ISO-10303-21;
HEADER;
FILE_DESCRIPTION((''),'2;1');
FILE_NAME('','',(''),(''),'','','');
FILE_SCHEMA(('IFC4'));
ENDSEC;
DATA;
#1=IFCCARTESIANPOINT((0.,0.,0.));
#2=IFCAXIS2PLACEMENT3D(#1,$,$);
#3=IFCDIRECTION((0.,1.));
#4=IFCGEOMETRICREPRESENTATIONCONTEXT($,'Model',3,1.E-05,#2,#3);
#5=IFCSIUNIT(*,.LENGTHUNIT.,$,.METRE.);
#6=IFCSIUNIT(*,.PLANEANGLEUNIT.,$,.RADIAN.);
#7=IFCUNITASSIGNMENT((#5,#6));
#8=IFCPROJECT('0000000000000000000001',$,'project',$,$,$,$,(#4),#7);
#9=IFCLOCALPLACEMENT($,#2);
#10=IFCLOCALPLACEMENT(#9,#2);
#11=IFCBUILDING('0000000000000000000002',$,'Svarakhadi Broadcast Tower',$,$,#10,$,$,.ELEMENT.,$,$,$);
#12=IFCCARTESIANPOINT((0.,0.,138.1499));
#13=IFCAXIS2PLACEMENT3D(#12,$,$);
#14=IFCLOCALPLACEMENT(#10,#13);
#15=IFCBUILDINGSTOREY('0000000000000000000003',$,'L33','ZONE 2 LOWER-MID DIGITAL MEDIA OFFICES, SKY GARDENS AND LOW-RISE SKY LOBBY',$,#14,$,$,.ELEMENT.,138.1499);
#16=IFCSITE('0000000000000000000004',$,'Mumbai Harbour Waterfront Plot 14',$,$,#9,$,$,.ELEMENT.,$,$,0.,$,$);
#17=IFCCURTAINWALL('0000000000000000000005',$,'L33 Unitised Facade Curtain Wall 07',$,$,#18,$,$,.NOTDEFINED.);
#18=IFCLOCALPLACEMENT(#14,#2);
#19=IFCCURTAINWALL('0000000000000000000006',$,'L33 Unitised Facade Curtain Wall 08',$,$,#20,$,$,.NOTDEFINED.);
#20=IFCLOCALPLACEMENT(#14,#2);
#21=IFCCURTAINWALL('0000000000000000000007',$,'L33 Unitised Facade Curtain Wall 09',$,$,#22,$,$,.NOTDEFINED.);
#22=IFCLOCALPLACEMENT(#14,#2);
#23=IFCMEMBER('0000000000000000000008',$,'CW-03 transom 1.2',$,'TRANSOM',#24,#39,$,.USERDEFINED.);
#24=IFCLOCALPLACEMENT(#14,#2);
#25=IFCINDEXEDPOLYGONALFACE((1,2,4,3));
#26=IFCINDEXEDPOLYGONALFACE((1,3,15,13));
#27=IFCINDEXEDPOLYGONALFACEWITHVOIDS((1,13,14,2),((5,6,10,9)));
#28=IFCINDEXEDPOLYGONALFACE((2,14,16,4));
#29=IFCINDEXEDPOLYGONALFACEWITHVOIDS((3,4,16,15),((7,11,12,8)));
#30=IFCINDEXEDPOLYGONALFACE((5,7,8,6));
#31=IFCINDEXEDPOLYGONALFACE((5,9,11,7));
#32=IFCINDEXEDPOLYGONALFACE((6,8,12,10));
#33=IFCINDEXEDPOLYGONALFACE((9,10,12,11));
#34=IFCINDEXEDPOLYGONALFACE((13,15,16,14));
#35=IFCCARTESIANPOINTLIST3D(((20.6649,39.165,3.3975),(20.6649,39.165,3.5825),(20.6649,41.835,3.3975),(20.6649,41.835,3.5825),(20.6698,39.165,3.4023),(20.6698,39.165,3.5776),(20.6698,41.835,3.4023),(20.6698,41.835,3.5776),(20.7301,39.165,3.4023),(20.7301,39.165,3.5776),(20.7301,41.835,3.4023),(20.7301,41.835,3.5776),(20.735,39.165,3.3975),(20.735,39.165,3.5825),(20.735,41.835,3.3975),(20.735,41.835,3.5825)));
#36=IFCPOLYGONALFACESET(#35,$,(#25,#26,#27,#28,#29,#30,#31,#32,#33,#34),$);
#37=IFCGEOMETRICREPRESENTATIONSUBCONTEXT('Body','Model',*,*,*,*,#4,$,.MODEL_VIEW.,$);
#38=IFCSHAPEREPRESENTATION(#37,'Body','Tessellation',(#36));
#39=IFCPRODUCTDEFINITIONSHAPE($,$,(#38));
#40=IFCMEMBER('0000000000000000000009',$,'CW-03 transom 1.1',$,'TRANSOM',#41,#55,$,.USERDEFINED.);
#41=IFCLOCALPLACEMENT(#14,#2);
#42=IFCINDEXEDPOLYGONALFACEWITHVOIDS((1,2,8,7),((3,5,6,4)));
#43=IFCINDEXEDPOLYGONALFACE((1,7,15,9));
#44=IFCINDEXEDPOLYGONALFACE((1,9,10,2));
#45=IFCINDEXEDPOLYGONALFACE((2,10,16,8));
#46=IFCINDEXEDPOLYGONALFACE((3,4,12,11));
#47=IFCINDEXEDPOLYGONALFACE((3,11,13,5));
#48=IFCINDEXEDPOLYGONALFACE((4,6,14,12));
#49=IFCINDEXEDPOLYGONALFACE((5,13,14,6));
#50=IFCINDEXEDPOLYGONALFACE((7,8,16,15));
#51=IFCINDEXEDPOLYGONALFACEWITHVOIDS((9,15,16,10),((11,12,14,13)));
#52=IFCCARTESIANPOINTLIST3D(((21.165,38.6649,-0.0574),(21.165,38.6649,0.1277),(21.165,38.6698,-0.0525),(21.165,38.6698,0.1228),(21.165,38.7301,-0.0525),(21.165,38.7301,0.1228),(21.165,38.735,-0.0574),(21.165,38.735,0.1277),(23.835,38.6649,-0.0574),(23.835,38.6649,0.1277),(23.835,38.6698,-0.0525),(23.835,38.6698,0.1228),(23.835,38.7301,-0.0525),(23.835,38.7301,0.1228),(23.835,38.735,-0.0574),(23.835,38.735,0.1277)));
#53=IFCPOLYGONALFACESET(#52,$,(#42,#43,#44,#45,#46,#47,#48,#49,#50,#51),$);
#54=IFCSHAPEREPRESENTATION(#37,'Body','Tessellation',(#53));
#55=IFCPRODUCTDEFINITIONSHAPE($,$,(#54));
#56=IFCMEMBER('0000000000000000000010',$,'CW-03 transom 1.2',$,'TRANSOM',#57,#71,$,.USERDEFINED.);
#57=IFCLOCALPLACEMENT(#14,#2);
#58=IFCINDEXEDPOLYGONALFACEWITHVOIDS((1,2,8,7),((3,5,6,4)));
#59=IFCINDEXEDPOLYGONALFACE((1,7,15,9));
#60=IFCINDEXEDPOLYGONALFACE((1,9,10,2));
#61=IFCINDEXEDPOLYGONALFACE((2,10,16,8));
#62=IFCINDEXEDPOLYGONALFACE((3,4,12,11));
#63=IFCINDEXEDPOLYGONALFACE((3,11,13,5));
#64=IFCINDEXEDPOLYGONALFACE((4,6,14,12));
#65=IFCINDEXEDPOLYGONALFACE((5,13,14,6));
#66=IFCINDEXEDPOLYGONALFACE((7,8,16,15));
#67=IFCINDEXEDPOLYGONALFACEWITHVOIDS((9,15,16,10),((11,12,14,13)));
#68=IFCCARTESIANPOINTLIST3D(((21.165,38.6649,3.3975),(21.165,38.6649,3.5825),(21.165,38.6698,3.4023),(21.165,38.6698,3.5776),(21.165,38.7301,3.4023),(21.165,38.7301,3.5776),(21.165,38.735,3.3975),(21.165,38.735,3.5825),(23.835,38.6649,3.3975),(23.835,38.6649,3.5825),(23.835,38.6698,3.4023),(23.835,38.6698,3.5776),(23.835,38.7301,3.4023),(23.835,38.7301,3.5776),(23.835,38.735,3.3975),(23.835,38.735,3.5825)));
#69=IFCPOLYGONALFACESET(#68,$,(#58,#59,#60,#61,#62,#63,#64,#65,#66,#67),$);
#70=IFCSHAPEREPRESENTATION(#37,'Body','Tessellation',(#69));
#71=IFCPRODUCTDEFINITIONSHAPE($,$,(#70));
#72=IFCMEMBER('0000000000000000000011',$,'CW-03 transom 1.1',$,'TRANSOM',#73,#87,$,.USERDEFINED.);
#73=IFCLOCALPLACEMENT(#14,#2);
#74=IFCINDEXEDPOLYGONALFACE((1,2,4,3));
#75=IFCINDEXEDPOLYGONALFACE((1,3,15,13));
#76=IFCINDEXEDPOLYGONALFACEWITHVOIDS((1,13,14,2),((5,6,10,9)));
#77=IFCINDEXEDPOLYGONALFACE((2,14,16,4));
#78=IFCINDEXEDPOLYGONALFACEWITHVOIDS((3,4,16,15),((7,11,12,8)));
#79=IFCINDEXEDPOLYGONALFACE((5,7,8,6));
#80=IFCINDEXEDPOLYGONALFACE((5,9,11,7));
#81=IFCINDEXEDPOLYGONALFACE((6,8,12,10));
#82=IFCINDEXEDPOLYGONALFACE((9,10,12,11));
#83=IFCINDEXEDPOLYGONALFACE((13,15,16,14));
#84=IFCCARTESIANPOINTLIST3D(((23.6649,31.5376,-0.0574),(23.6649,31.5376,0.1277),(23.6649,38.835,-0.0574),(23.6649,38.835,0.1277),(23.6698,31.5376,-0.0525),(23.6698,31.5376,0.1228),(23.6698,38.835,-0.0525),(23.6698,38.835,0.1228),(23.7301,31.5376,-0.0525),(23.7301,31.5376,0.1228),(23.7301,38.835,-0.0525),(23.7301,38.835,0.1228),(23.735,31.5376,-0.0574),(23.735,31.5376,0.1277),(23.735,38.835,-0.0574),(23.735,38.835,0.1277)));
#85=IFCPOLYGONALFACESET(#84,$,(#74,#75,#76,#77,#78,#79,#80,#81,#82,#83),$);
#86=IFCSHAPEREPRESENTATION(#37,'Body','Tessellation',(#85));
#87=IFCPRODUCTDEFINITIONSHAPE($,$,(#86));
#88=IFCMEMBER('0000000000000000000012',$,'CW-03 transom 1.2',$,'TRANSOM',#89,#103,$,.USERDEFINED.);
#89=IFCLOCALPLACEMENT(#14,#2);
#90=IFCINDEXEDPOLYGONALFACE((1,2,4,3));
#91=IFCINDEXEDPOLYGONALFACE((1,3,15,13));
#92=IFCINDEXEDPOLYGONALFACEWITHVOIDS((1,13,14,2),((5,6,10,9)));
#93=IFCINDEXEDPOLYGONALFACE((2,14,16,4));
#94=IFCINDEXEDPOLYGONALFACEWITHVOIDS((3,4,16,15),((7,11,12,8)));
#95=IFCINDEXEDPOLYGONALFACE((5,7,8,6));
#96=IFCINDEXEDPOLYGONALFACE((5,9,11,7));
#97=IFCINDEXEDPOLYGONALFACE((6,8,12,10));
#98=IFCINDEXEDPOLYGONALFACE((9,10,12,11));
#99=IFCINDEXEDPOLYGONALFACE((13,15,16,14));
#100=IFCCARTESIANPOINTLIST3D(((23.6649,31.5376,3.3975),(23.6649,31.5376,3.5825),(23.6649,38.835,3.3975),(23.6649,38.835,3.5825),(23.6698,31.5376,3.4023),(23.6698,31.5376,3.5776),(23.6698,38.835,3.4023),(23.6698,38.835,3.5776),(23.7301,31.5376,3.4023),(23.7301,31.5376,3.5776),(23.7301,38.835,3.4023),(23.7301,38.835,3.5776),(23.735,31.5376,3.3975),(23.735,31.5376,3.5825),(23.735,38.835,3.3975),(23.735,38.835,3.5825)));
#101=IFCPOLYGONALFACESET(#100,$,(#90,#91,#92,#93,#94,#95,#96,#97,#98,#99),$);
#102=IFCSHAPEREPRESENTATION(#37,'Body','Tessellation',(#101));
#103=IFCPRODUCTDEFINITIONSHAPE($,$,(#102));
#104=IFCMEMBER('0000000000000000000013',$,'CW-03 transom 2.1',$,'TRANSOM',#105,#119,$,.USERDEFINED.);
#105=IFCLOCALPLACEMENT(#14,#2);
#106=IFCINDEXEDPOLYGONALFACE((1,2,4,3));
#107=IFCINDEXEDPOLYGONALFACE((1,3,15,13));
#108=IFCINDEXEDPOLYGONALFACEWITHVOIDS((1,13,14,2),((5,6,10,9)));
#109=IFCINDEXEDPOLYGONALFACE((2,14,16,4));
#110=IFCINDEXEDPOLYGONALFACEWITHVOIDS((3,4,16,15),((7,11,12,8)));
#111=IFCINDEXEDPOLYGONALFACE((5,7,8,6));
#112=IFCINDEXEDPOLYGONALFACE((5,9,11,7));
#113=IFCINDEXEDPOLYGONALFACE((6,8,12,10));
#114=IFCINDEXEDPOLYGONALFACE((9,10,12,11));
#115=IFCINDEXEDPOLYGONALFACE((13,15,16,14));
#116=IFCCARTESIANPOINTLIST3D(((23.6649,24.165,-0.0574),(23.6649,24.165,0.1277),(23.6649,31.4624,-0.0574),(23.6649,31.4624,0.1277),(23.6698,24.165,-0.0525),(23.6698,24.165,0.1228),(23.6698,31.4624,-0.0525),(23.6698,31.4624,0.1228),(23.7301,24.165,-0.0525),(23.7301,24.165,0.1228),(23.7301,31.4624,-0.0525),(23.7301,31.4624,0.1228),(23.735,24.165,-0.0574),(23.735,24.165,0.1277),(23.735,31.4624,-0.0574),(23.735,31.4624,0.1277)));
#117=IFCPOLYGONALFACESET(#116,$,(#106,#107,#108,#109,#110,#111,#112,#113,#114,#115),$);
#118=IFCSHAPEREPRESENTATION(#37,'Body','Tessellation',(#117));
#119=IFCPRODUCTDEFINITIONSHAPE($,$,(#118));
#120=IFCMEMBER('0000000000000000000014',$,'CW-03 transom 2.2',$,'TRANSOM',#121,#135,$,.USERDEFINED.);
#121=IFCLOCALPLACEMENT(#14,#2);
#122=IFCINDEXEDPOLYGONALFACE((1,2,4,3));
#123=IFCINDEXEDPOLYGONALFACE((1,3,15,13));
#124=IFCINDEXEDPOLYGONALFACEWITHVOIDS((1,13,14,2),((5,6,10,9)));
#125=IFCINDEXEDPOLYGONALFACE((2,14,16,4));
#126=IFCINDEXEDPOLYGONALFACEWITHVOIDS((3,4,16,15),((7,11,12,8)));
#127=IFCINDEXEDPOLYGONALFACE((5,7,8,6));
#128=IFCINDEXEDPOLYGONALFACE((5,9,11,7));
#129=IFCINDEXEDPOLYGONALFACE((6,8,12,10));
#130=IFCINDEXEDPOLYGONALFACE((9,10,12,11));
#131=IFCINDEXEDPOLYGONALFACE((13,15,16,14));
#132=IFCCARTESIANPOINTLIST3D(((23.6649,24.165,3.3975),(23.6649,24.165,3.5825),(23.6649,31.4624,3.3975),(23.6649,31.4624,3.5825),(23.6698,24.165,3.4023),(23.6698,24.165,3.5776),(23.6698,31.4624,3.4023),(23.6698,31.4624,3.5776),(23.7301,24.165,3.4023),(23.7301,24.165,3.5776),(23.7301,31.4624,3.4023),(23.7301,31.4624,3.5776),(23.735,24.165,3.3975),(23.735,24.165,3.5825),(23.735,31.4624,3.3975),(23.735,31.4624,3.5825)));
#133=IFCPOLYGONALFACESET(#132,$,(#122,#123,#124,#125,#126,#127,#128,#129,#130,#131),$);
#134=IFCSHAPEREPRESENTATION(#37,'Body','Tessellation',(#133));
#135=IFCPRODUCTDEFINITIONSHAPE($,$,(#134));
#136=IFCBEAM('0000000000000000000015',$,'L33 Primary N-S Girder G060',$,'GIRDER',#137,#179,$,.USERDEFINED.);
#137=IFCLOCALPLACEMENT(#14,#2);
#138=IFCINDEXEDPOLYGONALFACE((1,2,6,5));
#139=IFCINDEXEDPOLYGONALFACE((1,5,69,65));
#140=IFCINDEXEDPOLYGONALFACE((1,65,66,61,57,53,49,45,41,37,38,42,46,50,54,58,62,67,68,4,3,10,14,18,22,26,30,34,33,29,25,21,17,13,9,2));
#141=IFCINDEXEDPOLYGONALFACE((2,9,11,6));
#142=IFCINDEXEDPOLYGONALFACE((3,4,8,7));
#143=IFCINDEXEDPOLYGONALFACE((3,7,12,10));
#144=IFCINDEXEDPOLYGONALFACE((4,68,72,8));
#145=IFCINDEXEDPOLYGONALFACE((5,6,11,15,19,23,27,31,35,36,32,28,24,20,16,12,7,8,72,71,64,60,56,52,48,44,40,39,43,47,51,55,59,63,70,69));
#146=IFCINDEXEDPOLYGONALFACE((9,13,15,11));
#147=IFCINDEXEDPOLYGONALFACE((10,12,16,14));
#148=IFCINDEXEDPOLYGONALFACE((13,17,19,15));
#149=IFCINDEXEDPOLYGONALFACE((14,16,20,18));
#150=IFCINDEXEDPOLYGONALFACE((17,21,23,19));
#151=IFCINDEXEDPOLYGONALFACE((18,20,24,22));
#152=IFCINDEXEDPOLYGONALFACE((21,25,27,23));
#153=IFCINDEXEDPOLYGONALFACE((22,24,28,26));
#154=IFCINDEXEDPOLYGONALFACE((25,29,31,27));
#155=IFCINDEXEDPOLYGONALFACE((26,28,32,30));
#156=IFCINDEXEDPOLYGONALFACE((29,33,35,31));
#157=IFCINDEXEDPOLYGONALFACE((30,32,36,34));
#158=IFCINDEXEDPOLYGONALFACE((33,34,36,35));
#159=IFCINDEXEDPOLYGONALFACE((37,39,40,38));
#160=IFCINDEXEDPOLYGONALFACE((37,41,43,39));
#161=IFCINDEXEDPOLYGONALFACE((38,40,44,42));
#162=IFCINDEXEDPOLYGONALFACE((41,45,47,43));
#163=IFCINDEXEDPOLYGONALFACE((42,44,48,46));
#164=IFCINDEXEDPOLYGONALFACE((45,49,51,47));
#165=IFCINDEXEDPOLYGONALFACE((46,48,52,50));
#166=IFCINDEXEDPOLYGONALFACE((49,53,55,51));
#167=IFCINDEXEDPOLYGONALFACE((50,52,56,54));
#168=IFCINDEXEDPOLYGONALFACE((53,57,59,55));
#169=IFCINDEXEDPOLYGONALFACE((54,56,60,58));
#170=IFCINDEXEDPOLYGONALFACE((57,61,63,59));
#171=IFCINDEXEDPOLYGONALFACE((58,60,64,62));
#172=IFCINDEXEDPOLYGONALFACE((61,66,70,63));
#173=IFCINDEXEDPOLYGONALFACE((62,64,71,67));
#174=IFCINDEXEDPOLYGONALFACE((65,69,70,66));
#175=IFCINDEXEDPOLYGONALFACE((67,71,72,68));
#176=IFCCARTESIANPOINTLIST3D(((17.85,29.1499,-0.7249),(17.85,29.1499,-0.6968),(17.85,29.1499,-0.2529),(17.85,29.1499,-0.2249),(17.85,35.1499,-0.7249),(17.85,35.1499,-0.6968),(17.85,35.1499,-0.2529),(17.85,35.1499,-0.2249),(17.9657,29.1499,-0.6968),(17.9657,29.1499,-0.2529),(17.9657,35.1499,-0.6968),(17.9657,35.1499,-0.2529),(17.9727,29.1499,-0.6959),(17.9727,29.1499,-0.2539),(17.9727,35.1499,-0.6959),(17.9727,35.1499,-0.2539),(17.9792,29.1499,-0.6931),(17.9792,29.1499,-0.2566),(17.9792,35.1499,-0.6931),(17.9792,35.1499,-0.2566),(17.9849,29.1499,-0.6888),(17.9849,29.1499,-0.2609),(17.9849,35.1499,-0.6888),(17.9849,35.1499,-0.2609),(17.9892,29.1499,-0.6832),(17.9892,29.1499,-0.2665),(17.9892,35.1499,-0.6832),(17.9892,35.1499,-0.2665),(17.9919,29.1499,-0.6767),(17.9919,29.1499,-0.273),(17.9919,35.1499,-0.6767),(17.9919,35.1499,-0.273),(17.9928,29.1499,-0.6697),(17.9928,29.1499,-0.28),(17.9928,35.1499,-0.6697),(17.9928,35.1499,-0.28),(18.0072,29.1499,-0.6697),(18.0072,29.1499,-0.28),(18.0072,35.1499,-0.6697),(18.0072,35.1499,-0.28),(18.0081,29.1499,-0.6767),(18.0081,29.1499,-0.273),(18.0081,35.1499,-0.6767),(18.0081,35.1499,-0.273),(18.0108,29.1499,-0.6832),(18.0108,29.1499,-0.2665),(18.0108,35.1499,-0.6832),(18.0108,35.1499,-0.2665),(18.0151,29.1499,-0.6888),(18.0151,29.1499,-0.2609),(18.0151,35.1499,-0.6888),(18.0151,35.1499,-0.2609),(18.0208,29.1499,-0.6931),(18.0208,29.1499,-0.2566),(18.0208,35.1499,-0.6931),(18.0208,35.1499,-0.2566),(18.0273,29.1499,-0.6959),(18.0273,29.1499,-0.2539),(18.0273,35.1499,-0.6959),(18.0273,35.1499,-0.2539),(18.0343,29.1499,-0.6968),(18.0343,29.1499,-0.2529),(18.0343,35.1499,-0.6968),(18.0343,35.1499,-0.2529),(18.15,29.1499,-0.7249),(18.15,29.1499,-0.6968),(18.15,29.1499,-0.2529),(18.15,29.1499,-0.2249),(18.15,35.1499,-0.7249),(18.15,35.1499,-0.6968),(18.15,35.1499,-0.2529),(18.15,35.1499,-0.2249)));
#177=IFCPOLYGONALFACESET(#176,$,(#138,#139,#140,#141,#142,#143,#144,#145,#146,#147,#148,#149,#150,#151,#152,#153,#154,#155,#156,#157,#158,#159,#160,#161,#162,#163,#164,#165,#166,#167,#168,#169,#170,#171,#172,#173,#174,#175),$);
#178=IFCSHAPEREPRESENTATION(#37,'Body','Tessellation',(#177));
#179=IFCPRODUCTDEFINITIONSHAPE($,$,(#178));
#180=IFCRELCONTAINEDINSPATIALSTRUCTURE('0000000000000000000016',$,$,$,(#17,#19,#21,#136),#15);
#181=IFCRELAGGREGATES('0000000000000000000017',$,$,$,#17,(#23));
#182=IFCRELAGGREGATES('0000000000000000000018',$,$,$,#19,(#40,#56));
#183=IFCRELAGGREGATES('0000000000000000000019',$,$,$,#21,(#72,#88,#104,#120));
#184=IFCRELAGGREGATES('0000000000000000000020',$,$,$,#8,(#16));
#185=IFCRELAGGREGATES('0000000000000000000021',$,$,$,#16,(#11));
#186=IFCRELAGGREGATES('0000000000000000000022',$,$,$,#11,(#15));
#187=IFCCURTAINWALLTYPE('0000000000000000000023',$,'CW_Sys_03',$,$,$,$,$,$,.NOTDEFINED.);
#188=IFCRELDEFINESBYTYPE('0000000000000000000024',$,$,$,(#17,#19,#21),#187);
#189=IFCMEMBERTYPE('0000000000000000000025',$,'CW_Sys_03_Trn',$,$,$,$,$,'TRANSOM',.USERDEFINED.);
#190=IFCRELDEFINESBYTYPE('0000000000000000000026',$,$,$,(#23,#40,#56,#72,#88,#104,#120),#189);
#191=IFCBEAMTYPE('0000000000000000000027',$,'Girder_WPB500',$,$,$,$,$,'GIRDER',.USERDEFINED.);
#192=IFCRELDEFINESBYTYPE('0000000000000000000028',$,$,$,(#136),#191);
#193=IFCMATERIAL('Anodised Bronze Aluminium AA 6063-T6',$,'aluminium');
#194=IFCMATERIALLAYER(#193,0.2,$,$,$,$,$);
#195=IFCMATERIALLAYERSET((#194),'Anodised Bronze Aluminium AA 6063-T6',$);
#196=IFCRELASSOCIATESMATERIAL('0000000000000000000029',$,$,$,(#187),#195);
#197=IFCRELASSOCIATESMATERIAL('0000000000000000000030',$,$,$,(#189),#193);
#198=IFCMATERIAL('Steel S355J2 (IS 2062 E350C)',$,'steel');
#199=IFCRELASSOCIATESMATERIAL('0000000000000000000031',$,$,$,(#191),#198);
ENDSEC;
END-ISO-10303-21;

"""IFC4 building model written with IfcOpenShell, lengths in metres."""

from ifc_helpers import new_model, si_unit, direction, frame, origin, origin_2d, place, context, subcontext, project, spatial, hollow_rectangle, i_section, extrude, material, layer, layer_set, material_profile, profile_set, type_object, element, aggregate, save


model = new_model("IFC4")

# Units and contexts
model_context = context("Model", 3, precision=1e-05, world=origin(), true_north=direction((0.0, 1.0)))
body_context = subcontext(model_context, "Body", "Model", "MODEL_VIEW")
ifc_project = project(units=[si_unit("LENGTHUNIT", "METRE"), si_unit("PLANEANGLEUNIT", "RADIAN")], contexts=[model_context])

# Site, building, storey
site_placement = place(None, origin())
site = spatial("IfcSite", under=ifc_project, at=site_placement, Name="Mumbai Harbour Waterfront Plot 14", CompositionType="ELEMENT", RefElevation=0.0)
building_placement = place(site_placement, origin())
building = spatial("IfcBuilding", under=site, at=building_placement, Name="Svarakhadi Broadcast Tower", CompositionType="ELEMENT")
storey_placement = place(building_placement, frame((0.0, 0.0, 138.1499)))
storey = spatial("IfcBuildingStorey", under=building, at=storey_placement, Name="L33", Description="ZONE 2 LOWER-MID DIGITAL MEDIA OFFICES, SKY GARDENS AND LOW-RISE SKY LOBBY", CompositionType="ELEMENT", Elevation=138.1499)

# Curtain walls
ifc_material_1 = material(Name="Anodised Bronze Aluminium AA 6063-T6", Category="aluminium")
ifc_layer_1 = layer(ifc_material_1, 0.2)
ifc_layer_set_1 = layer_set([ifc_layer_1], Name="Anodised Bronze Aluminium AA 6063-T6")
curtain_wall_type = type_object("IfcCurtainWallType", Name="CW_Sys_03", PredefinedType="NOTDEFINED", material=ifc_layer_set_1)
curtain_wall_1_placement = place(storey_placement, origin())
curtain_wall_1 = element("IfcCurtainWall", 1, at=curtain_wall_1_placement, inside=storey, type_object=curtain_wall_type, Name="L33 Unitised Facade Curtain Wall 07", PredefinedType="NOTDEFINED")
curtain_wall_2_placement = place(storey_placement, origin())
curtain_wall_2 = element("IfcCurtainWall", 2, at=curtain_wall_2_placement, inside=storey, type_object=curtain_wall_type, Name="L33 Unitised Facade Curtain Wall 08", PredefinedType="NOTDEFINED")
curtain_wall_3_placement = place(storey_placement, origin())
curtain_wall_3 = element("IfcCurtainWall", 3, at=curtain_wall_3_placement, inside=storey, type_object=curtain_wall_type, Name="L33 Unitised Facade Curtain Wall 09", PredefinedType="NOTDEFINED")

# Members
ifc_material_profile_1 = material_profile(ifc_material_1, hollow_rectangle(XDim=0.0701, YDim=0.1851, WallThickness=0.0049, at=origin_2d()), Name="ALU TRANSOM 185x70x5")
ifc_profile_set_1 = profile_set([ifc_material_profile_1], Name="Anodised Bronze Aluminium AA 6063-T6")
member_type_1 = type_object("IfcMemberType", Name="CW_Sys_03_Trn", ElementType="TRANSOM", PredefinedType="USERDEFINED", material=ifc_profile_set_1)
member_1_placement = place(storey_placement, frame((20.7, 41.835, 3.49), z_axis=(0.0, -1.0, 0.0), x_axis=(1.0, 0.0, 0.0)))
member_1 = element("IfcMember", 4, at=member_1_placement, type_object=member_type_1, Name="CW-03 transom 1.2", ObjectType="TRANSOM", PredefinedType="USERDEFINED", context=body_context, shape_type="SweptSolid", body=[
    extrude(hollow_rectangle(XDim=0.0701, YDim=0.1851, WallThickness=0.0049, at=origin_2d()), origin(), (0.0, 0.0, 1.0), 2.6699),
])
member_2_placement = place(storey_placement, frame((21.165, 38.7, 0.0352), z_axis=(1.0, 0.0, 0.0), x_axis=(0.0, 1.0, 0.0)))
member_2 = element("IfcMember", 5, at=member_2_placement, type_object=member_type_1, Name="CW-03 transom 1.1", ObjectType="TRANSOM", PredefinedType="USERDEFINED", context=body_context, shape_type="SweptSolid", body=[
    extrude(hollow_rectangle(XDim=0.0701, YDim=0.1851, WallThickness=0.0049, at=origin_2d()), origin(), (0.0, 0.0, 1.0), 2.6699),
])
member_3_placement = place(storey_placement, frame((21.165, 38.7, 3.49), z_axis=(1.0, 0.0, 0.0), x_axis=(0.0, 1.0, 0.0)))
member_3 = element("IfcMember", 6, at=member_3_placement, type_object=member_type_1, Name="CW-03 transom 1.2", ObjectType="TRANSOM", PredefinedType="USERDEFINED", context=body_context, shape_type="SweptSolid", body=[
    extrude(hollow_rectangle(XDim=0.0701, YDim=0.1851, WallThickness=0.0049, at=origin_2d()), origin(), (0.0, 0.0, 1.0), 2.6699),
])
member_4_placement = place(storey_placement, frame((23.7, 38.835, 0.0352), z_axis=(0.0, -1.0, 0.0), x_axis=(1.0, 0.0, 0.0)))
member_4 = element("IfcMember", 7, at=member_4_placement, type_object=member_type_1, Name="CW-03 transom 1.1", ObjectType="TRANSOM", PredefinedType="USERDEFINED", context=body_context, shape_type="SweptSolid", body=[
    extrude(hollow_rectangle(XDim=0.0701, YDim=0.1851, WallThickness=0.0049, at=origin_2d()), origin(), (0.0, 0.0, 1.0), 7.2974),
])
member_5_placement = place(storey_placement, frame((23.7, 38.835, 3.49), z_axis=(0.0, -1.0, 0.0), x_axis=(1.0, 0.0, 0.0)))
member_5 = element("IfcMember", 8, at=member_5_placement, type_object=member_type_1, Name="CW-03 transom 1.2", ObjectType="TRANSOM", PredefinedType="USERDEFINED", context=body_context, shape_type="SweptSolid", body=[
    extrude(hollow_rectangle(XDim=0.0701, YDim=0.1851, WallThickness=0.0049, at=origin_2d()), origin(), (0.0, 0.0, 1.0), 7.2974),
])
member_6_placement = place(storey_placement, frame((23.7, 31.4624, 0.0352), z_axis=(0.0, -1.0, 0.0), x_axis=(1.0, 0.0, 0.0)))
member_6 = element("IfcMember", 9, at=member_6_placement, type_object=member_type_1, Name="CW-03 transom 2.1", ObjectType="TRANSOM", PredefinedType="USERDEFINED", context=body_context, shape_type="SweptSolid", body=[
    extrude(hollow_rectangle(XDim=0.0701, YDim=0.1851, WallThickness=0.0049, at=origin_2d()), origin(), (0.0, 0.0, 1.0), 7.2974),
])
member_7_placement = place(storey_placement, frame((23.7, 31.4624, 3.49), z_axis=(0.0, -1.0, 0.0), x_axis=(1.0, 0.0, 0.0)))
member_7 = element("IfcMember", 10, at=member_7_placement, type_object=member_type_1, Name="CW-03 transom 2.2", ObjectType="TRANSOM", PredefinedType="USERDEFINED", context=body_context, shape_type="SweptSolid", body=[
    extrude(hollow_rectangle(XDim=0.0701, YDim=0.1851, WallThickness=0.0049, at=origin_2d()), origin(), (0.0, 0.0, 1.0), 7.2974),
])

# Beam
ifc_material_2 = material(Name="Steel S355J2 (IS 2062 E350C)", Category="steel")
ifc_material_profile_2 = material_profile(ifc_material_2, i_section(OverallWidth=0.3, OverallDepth=0.5, WebThickness=0.0144, FlangeThickness=0.0281, FilletRadius=0.0271, at=origin_2d()), Name="WPB 500x300x187")
ifc_profile_set_2 = profile_set([ifc_material_profile_2], Name="Steel S355J2 (IS 2062 E350C)")
beam_type = type_object("IfcBeamType", Name="Girder_WPB500", ElementType="GIRDER", PredefinedType="USERDEFINED", material=ifc_profile_set_2)
for number, where, z_axis, x_axis, name in (
    (11, (18.0, 29.1499, -0.4749), (0.0, 1.0, 0.0), (-1.0, 0.0, 0.0), "L33 Primary N-S Girder G060"),
):
    element("IfcBeam", number, at=place(storey_placement, frame(where, z_axis=z_axis, x_axis=x_axis)), inside=storey, type_object=beam_type, Name=name, ObjectType="GIRDER", PredefinedType="USERDEFINED", context=body_context, shape_type="SweptSolid", body=[
        extrude(i_section(OverallWidth=0.3, OverallDepth=0.5, WebThickness=0.0144, FlangeThickness=0.0281, FilletRadius=0.0271, at=origin_2d()), origin(), (0.0, 0.0, 1.0), 6.0),
    ])

aggregate(curtain_wall_1, [member_1])
aggregate(curtain_wall_2, [member_2, member_3])
aggregate(curtain_wall_3, [member_4, member_5, member_6, member_7])

save(model, "model.ifc")
